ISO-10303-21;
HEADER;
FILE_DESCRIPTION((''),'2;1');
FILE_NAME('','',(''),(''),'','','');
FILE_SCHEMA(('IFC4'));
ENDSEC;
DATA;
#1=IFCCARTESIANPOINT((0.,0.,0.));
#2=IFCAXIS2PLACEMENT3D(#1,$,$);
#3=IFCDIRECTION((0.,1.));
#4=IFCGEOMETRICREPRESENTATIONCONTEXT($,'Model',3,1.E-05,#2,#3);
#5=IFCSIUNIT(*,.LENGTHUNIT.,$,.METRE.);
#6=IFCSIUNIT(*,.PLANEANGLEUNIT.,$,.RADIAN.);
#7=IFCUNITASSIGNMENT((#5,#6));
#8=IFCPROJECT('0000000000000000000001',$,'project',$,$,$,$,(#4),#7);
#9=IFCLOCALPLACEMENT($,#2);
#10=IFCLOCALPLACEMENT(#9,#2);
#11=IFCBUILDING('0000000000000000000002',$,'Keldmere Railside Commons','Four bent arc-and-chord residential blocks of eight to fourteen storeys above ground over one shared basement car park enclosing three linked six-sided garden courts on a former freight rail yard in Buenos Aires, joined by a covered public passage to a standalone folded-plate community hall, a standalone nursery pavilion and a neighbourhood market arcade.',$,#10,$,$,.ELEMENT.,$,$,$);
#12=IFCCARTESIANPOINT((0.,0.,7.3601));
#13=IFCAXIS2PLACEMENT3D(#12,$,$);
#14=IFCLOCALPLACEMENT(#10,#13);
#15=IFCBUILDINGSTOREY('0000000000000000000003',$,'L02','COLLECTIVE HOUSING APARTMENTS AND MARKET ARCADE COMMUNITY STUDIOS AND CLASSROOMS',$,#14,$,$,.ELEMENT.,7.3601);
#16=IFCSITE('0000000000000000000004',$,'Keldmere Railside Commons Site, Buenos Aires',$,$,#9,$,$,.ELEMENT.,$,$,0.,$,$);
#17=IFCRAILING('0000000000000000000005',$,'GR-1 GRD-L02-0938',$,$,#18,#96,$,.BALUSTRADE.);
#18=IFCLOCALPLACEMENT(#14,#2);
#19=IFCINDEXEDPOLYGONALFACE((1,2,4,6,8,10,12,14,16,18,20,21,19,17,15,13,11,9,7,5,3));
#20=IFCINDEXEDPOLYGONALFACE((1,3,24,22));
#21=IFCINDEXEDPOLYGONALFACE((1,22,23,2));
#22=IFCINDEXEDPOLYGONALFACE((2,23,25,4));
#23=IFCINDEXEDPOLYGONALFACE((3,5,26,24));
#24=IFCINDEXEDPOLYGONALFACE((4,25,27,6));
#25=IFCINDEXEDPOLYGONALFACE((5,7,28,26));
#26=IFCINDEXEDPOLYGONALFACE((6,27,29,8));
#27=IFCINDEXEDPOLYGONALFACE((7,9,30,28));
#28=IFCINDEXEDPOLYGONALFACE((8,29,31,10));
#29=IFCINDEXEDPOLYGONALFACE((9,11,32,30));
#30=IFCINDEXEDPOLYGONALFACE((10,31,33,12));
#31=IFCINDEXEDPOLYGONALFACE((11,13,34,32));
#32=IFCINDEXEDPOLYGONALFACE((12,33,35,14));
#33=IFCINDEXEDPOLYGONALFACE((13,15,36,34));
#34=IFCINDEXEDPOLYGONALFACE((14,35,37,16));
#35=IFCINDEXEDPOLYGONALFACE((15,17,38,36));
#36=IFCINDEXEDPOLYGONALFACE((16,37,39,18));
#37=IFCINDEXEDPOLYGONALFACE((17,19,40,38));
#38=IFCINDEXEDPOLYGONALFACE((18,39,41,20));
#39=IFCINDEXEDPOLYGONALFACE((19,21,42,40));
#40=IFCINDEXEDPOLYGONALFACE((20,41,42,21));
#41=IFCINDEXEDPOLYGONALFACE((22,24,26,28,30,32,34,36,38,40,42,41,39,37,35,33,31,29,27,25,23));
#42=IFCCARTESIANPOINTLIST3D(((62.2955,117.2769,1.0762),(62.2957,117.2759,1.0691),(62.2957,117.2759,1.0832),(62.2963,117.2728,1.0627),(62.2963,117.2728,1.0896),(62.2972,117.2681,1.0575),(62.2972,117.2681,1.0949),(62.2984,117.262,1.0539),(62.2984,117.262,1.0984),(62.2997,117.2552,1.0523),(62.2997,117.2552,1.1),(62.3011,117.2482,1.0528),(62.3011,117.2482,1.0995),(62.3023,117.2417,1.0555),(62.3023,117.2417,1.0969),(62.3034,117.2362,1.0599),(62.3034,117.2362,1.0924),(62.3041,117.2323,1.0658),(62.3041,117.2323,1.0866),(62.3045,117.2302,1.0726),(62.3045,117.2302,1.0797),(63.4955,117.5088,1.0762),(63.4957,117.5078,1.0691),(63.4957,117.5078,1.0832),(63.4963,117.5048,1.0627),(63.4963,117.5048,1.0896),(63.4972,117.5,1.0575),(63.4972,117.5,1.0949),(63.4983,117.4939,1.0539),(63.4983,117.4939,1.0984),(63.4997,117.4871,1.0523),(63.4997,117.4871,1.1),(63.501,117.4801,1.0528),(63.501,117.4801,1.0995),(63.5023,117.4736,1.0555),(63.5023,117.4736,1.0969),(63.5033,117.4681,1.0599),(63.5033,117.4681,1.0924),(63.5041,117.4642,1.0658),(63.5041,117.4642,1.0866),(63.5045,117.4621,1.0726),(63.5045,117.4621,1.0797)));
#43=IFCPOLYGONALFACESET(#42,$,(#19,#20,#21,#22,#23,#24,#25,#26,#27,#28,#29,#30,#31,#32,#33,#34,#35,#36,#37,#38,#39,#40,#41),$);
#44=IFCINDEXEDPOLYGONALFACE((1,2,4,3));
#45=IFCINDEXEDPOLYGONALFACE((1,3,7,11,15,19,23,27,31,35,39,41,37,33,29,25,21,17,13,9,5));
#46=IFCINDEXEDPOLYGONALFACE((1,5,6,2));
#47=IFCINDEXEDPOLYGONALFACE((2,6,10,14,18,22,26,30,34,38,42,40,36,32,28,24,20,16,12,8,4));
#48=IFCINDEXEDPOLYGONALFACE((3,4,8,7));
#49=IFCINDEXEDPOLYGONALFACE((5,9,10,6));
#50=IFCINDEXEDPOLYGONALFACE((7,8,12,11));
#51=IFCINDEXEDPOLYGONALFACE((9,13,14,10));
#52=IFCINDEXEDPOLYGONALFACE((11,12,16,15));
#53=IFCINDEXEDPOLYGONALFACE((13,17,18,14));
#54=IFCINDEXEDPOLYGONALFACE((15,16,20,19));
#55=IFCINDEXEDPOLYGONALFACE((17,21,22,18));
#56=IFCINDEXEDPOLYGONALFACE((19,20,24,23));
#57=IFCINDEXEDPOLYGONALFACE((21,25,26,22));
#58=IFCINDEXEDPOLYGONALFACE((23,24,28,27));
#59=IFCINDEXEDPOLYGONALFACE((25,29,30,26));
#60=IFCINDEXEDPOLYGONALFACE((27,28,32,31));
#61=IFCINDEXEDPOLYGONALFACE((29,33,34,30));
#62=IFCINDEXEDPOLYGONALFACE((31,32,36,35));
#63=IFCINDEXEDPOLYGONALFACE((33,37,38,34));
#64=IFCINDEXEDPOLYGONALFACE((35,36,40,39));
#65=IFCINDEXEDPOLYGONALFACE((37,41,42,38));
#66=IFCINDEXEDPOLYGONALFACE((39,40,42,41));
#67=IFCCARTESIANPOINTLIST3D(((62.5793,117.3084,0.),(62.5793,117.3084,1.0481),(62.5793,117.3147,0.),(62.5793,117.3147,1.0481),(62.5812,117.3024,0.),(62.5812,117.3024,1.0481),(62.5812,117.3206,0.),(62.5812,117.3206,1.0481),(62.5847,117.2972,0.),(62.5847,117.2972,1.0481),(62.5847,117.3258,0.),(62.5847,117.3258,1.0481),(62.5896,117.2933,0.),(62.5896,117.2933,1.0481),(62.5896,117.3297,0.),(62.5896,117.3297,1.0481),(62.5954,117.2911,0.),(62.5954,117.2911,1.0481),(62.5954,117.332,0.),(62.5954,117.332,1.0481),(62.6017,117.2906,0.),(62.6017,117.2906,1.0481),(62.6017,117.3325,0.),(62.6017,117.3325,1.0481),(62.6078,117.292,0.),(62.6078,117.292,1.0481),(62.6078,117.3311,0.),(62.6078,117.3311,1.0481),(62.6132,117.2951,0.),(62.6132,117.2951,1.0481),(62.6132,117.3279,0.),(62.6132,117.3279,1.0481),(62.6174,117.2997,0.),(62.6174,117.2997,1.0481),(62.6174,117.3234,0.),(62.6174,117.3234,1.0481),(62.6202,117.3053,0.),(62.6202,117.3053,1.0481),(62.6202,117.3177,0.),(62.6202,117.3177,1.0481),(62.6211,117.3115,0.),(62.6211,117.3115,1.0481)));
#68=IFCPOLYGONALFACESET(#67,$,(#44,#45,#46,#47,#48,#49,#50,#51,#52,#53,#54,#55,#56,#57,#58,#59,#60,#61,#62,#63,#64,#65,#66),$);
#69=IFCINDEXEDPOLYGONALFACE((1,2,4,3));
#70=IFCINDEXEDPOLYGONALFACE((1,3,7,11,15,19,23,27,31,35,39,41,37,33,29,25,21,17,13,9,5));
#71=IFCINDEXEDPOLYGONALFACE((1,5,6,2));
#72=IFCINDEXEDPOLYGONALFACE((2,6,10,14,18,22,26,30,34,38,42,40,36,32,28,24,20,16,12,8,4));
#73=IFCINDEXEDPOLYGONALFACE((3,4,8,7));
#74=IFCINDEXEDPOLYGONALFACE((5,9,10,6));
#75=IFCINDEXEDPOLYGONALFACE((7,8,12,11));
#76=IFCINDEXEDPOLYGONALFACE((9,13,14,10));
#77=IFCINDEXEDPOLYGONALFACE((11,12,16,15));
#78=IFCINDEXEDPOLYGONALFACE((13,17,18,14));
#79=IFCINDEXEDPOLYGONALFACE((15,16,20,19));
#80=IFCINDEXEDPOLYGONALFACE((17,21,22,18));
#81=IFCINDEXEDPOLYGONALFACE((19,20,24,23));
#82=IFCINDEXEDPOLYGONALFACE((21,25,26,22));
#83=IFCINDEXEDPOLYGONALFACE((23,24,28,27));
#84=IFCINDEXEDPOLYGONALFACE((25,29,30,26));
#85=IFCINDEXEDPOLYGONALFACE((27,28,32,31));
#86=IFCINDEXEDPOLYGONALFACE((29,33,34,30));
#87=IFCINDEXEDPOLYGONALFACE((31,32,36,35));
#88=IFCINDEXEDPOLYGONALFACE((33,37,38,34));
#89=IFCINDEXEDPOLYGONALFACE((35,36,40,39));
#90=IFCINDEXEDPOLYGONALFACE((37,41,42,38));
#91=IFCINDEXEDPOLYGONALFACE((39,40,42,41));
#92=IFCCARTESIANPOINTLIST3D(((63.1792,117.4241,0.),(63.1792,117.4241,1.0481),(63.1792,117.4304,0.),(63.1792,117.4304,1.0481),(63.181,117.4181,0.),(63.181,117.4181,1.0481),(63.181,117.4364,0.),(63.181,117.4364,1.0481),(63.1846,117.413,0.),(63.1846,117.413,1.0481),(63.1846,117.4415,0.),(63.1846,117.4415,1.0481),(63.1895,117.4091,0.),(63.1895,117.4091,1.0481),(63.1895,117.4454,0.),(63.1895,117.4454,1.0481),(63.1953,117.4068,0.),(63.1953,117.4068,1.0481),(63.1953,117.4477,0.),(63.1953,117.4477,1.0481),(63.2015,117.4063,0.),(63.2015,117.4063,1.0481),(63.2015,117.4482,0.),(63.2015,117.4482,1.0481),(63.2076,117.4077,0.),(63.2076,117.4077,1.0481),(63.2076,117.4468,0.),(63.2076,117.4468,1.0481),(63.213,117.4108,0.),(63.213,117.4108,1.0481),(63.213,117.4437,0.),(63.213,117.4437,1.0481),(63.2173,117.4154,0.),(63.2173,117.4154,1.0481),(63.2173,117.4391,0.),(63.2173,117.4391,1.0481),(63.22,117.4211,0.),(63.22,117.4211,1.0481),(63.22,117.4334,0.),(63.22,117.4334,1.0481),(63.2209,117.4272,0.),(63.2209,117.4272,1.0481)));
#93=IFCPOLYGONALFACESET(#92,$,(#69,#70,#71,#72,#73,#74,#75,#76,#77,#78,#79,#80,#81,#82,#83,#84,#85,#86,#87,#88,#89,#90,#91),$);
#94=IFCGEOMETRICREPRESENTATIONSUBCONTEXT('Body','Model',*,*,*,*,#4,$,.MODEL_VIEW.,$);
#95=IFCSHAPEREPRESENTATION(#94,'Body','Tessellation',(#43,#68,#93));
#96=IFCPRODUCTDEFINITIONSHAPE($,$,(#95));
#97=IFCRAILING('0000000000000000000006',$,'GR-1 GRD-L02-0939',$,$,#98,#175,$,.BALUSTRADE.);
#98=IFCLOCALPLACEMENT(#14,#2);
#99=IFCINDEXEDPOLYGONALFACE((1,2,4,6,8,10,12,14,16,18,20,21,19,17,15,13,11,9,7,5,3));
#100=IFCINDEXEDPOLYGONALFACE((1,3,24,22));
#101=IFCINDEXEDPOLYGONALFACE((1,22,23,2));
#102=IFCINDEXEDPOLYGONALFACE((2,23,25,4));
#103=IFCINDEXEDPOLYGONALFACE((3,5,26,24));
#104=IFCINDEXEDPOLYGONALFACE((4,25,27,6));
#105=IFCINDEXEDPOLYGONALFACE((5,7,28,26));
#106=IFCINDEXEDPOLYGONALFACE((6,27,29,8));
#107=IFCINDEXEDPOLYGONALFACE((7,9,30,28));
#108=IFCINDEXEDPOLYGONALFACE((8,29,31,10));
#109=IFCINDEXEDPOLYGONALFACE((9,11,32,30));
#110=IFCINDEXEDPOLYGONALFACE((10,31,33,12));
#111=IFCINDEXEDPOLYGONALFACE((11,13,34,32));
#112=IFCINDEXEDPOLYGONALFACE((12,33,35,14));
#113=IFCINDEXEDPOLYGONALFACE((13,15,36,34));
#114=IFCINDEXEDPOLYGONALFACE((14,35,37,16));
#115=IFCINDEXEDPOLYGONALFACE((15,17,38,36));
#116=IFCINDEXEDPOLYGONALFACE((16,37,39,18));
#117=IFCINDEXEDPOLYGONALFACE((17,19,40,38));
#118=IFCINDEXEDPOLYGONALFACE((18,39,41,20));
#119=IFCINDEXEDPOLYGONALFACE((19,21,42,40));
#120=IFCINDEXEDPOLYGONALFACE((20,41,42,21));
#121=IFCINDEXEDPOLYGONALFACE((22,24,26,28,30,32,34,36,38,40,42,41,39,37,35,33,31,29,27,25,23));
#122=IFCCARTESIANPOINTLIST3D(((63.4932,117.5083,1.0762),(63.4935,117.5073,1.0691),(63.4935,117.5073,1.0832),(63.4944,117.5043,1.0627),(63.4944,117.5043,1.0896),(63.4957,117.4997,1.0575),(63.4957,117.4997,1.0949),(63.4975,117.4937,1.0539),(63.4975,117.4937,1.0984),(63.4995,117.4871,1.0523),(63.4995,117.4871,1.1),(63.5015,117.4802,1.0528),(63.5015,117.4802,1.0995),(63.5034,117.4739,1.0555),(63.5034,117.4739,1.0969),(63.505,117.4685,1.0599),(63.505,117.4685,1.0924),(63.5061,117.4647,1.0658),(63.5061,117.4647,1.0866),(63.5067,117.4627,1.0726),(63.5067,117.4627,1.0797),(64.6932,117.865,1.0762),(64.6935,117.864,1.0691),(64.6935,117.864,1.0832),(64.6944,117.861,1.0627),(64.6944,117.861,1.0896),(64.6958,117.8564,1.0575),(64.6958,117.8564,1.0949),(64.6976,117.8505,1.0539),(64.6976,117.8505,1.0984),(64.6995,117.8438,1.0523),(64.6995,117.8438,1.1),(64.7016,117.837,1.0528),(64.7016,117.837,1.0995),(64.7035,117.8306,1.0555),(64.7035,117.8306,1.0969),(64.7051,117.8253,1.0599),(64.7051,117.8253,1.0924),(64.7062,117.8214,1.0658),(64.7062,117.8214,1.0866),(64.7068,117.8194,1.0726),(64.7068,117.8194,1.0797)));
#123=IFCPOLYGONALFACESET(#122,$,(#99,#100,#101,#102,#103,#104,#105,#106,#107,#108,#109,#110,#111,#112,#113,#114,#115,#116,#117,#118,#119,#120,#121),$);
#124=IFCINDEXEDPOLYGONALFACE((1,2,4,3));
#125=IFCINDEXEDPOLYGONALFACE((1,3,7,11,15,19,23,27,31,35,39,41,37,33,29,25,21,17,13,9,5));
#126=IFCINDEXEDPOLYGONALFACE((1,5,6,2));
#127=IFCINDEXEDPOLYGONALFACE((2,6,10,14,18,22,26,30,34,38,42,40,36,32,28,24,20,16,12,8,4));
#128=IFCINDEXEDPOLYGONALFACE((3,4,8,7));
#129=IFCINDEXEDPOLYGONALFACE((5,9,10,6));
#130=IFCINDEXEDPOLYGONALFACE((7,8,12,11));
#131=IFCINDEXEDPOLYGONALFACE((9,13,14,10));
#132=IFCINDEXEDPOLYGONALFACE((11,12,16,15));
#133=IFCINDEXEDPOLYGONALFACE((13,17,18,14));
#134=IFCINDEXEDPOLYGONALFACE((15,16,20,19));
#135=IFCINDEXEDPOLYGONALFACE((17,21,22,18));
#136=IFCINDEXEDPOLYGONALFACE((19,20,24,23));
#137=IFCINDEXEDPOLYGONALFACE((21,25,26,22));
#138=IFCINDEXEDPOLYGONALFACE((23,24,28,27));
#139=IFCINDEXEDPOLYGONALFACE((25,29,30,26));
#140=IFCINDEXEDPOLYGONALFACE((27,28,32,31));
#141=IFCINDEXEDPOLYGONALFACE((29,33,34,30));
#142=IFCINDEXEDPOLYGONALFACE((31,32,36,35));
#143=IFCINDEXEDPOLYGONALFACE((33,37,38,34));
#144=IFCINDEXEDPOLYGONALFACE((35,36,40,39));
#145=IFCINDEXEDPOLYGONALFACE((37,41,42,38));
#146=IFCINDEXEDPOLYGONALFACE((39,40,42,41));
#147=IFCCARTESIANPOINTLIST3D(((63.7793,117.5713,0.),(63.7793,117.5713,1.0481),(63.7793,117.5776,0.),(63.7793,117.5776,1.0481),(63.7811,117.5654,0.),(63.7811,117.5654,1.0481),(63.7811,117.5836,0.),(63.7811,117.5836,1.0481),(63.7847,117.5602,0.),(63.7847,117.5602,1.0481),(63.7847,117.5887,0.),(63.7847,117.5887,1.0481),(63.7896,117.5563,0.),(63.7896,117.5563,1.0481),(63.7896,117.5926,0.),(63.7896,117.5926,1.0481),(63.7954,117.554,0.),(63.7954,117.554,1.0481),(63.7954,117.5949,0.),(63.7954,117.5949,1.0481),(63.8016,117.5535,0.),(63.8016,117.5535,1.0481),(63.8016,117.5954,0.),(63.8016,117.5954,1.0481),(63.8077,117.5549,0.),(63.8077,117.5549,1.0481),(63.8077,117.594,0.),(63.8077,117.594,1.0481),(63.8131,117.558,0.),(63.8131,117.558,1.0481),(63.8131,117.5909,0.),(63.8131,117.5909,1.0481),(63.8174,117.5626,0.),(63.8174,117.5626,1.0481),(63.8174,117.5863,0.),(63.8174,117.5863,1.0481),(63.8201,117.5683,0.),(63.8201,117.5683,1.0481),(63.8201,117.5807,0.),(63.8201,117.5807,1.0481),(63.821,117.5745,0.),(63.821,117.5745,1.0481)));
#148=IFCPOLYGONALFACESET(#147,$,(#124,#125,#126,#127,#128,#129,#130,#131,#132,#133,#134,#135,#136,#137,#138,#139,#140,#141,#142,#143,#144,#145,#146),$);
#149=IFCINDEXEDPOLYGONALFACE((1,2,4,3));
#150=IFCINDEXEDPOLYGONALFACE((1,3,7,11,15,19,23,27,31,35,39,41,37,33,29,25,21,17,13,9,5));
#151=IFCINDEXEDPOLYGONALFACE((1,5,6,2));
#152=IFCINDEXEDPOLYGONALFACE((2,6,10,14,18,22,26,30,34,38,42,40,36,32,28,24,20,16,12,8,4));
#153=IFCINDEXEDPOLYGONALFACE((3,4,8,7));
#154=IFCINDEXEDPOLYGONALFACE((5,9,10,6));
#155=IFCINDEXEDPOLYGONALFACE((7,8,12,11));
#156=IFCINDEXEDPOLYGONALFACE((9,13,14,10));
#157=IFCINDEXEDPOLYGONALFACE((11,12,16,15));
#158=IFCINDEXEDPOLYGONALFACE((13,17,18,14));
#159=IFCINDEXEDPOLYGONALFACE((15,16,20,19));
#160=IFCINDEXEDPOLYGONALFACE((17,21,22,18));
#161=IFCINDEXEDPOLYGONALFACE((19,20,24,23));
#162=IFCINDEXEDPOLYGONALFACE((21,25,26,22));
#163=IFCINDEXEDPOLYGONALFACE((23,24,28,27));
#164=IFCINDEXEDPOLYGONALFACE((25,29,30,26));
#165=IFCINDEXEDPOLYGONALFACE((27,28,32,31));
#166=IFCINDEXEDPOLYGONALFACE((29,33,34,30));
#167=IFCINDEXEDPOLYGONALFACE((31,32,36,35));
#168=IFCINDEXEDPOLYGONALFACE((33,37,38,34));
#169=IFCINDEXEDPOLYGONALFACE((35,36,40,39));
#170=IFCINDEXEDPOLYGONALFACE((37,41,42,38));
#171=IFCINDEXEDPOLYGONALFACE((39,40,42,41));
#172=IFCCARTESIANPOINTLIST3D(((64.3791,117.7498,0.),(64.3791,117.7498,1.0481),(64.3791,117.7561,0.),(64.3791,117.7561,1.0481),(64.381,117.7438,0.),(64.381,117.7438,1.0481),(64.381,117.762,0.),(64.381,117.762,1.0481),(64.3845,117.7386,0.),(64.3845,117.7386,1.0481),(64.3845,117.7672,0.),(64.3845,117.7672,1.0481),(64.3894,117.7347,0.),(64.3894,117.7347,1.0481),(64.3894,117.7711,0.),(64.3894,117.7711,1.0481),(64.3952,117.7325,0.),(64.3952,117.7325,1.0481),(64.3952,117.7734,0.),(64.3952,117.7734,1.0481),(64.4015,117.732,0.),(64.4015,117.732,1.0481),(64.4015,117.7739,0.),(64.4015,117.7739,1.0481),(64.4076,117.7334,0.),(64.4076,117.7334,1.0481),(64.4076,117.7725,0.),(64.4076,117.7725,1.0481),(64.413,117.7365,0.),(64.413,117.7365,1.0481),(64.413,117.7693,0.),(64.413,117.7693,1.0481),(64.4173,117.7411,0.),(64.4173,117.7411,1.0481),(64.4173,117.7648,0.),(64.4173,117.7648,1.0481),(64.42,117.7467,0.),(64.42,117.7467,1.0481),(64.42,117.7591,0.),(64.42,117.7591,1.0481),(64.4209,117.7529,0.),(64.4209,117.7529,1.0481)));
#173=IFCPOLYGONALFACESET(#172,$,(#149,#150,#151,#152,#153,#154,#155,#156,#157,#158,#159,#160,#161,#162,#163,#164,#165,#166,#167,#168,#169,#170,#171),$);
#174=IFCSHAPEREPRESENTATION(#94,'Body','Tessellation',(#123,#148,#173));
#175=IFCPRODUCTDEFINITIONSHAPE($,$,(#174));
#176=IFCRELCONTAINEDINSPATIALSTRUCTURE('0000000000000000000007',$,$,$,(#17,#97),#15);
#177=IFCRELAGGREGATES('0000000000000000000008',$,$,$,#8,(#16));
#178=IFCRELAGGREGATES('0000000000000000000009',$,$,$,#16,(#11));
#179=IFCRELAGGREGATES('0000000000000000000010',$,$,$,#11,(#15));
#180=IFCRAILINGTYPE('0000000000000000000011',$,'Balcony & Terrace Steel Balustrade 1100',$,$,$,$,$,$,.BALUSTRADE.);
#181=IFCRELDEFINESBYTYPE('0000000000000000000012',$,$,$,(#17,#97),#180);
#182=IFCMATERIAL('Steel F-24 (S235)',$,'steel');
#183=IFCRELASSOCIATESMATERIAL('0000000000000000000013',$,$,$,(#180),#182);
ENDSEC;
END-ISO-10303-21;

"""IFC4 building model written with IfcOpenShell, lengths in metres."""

from ifc_helpers import new_model, si_unit, direction, frame, origin, origin_2d, place, context, subcontext, project, spatial, circle, extrude, material, type_object, element, save


model = new_model("IFC4")

# Units and contexts
model_context = context("Model", 3, precision=1e-05, world=origin(), true_north=direction((0.0, 1.0)))
body_context = subcontext(model_context, "Body", "Model", "MODEL_VIEW")
ifc_project = project(units=[si_unit("LENGTHUNIT", "METRE"), si_unit("PLANEANGLEUNIT", "RADIAN")], contexts=[model_context])

# Site, building, storey
site_placement = place(None, origin())
site = spatial("IfcSite", under=ifc_project, at=site_placement, Name="Keldmere Railside Commons Site, Buenos Aires", CompositionType="ELEMENT", RefElevation=0.0)
building_placement = place(site_placement, origin())
building = spatial("IfcBuilding", under=site, at=building_placement, Name="Keldmere Railside Commons", Description="Four bent arc-and-chord residential blocks of eight to fourteen storeys above ground over one shared basement car park enclosing three linked six-sided garden courts on a former freight rail yard in Buenos Aires, joined by a covered public passage to a standalone folded-plate community hall, a standalone nursery pavilion and a neighbourhood market arcade.", CompositionType="ELEMENT")
storey_placement = place(building_placement, frame((0.0, 0.0, 7.3601)))
storey = spatial("IfcBuildingStorey", under=building, at=storey_placement, Name="L02", Description="COLLECTIVE HOUSING APARTMENTS AND MARKET ARCADE COMMUNITY STUDIOS AND CLASSROOMS", CompositionType="ELEMENT", Elevation=7.3601)

# Railings
ifc_material_1 = material(Name="Steel F-24 (S235)", Category="steel")
railing_type = type_object("IfcRailingType", Name="Balcony & Terrace Steel Balustrade 1100", PredefinedType="BALUSTRADE", material=ifc_material_1)
railing_1_placement = place(storey_placement, frame((62.3, 117.2534, 0.0)))
element("IfcRailing", 1, at=railing_1_placement, inside=storey, type_object=railing_type, Name="GR-1 GRD-L02-0938", PredefinedType="BALUSTRADE", context=body_context, shape_type="SweptSolid", body=[
    extrude(circle(Radius=0.0239, at=origin_2d()), frame((0.0, 0.0, 1.0762), z_axis=(0.981828, 0.189773, 0.0), x_axis=(-0.189773, 0.981828, 0.0)), (0.0, 0.0, 1.0), 1.2222),
    extrude(circle(Radius=0.021, at=origin_2d()), frame((0.3, 0.0581, 0.0)), (0.0, 0.0, 1.0), 1.0481),
    extrude(circle(Radius=0.021, at=origin_2d()), frame((0.8999, 0.1738, 0.0)), (0.0, 0.0, 1.0), 1.0481),
])
railing_2_placement = place(storey_placement, frame((63.5, 117.4854, 0.0)))
element("IfcRailing", 2, at=railing_2_placement, inside=storey, type_object=railing_type, Name="GR-1 GRD-L02-0939", PredefinedType="BALUSTRADE", context=body_context, shape_type="SweptSolid", body=[
    extrude(circle(Radius=0.0239, at=origin_2d()), frame((0.0, 0.0, 1.0762), z_axis=(0.958548, 0.284932, 0.0), x_axis=(-0.284932, 0.958548, 0.0)), (0.0, 0.0, 1.0), 1.252),
    extrude(circle(Radius=0.021, at=origin_2d()), frame((0.3, 0.0891, 0.0)), (0.0, 0.0, 1.0), 1.0481),
    extrude(circle(Radius=0.021, at=origin_2d()), frame((0.8999, 0.2676, 0.0)), (0.0, 0.0, 1.0), 1.0481),
])

save(model, "model.ifc")
